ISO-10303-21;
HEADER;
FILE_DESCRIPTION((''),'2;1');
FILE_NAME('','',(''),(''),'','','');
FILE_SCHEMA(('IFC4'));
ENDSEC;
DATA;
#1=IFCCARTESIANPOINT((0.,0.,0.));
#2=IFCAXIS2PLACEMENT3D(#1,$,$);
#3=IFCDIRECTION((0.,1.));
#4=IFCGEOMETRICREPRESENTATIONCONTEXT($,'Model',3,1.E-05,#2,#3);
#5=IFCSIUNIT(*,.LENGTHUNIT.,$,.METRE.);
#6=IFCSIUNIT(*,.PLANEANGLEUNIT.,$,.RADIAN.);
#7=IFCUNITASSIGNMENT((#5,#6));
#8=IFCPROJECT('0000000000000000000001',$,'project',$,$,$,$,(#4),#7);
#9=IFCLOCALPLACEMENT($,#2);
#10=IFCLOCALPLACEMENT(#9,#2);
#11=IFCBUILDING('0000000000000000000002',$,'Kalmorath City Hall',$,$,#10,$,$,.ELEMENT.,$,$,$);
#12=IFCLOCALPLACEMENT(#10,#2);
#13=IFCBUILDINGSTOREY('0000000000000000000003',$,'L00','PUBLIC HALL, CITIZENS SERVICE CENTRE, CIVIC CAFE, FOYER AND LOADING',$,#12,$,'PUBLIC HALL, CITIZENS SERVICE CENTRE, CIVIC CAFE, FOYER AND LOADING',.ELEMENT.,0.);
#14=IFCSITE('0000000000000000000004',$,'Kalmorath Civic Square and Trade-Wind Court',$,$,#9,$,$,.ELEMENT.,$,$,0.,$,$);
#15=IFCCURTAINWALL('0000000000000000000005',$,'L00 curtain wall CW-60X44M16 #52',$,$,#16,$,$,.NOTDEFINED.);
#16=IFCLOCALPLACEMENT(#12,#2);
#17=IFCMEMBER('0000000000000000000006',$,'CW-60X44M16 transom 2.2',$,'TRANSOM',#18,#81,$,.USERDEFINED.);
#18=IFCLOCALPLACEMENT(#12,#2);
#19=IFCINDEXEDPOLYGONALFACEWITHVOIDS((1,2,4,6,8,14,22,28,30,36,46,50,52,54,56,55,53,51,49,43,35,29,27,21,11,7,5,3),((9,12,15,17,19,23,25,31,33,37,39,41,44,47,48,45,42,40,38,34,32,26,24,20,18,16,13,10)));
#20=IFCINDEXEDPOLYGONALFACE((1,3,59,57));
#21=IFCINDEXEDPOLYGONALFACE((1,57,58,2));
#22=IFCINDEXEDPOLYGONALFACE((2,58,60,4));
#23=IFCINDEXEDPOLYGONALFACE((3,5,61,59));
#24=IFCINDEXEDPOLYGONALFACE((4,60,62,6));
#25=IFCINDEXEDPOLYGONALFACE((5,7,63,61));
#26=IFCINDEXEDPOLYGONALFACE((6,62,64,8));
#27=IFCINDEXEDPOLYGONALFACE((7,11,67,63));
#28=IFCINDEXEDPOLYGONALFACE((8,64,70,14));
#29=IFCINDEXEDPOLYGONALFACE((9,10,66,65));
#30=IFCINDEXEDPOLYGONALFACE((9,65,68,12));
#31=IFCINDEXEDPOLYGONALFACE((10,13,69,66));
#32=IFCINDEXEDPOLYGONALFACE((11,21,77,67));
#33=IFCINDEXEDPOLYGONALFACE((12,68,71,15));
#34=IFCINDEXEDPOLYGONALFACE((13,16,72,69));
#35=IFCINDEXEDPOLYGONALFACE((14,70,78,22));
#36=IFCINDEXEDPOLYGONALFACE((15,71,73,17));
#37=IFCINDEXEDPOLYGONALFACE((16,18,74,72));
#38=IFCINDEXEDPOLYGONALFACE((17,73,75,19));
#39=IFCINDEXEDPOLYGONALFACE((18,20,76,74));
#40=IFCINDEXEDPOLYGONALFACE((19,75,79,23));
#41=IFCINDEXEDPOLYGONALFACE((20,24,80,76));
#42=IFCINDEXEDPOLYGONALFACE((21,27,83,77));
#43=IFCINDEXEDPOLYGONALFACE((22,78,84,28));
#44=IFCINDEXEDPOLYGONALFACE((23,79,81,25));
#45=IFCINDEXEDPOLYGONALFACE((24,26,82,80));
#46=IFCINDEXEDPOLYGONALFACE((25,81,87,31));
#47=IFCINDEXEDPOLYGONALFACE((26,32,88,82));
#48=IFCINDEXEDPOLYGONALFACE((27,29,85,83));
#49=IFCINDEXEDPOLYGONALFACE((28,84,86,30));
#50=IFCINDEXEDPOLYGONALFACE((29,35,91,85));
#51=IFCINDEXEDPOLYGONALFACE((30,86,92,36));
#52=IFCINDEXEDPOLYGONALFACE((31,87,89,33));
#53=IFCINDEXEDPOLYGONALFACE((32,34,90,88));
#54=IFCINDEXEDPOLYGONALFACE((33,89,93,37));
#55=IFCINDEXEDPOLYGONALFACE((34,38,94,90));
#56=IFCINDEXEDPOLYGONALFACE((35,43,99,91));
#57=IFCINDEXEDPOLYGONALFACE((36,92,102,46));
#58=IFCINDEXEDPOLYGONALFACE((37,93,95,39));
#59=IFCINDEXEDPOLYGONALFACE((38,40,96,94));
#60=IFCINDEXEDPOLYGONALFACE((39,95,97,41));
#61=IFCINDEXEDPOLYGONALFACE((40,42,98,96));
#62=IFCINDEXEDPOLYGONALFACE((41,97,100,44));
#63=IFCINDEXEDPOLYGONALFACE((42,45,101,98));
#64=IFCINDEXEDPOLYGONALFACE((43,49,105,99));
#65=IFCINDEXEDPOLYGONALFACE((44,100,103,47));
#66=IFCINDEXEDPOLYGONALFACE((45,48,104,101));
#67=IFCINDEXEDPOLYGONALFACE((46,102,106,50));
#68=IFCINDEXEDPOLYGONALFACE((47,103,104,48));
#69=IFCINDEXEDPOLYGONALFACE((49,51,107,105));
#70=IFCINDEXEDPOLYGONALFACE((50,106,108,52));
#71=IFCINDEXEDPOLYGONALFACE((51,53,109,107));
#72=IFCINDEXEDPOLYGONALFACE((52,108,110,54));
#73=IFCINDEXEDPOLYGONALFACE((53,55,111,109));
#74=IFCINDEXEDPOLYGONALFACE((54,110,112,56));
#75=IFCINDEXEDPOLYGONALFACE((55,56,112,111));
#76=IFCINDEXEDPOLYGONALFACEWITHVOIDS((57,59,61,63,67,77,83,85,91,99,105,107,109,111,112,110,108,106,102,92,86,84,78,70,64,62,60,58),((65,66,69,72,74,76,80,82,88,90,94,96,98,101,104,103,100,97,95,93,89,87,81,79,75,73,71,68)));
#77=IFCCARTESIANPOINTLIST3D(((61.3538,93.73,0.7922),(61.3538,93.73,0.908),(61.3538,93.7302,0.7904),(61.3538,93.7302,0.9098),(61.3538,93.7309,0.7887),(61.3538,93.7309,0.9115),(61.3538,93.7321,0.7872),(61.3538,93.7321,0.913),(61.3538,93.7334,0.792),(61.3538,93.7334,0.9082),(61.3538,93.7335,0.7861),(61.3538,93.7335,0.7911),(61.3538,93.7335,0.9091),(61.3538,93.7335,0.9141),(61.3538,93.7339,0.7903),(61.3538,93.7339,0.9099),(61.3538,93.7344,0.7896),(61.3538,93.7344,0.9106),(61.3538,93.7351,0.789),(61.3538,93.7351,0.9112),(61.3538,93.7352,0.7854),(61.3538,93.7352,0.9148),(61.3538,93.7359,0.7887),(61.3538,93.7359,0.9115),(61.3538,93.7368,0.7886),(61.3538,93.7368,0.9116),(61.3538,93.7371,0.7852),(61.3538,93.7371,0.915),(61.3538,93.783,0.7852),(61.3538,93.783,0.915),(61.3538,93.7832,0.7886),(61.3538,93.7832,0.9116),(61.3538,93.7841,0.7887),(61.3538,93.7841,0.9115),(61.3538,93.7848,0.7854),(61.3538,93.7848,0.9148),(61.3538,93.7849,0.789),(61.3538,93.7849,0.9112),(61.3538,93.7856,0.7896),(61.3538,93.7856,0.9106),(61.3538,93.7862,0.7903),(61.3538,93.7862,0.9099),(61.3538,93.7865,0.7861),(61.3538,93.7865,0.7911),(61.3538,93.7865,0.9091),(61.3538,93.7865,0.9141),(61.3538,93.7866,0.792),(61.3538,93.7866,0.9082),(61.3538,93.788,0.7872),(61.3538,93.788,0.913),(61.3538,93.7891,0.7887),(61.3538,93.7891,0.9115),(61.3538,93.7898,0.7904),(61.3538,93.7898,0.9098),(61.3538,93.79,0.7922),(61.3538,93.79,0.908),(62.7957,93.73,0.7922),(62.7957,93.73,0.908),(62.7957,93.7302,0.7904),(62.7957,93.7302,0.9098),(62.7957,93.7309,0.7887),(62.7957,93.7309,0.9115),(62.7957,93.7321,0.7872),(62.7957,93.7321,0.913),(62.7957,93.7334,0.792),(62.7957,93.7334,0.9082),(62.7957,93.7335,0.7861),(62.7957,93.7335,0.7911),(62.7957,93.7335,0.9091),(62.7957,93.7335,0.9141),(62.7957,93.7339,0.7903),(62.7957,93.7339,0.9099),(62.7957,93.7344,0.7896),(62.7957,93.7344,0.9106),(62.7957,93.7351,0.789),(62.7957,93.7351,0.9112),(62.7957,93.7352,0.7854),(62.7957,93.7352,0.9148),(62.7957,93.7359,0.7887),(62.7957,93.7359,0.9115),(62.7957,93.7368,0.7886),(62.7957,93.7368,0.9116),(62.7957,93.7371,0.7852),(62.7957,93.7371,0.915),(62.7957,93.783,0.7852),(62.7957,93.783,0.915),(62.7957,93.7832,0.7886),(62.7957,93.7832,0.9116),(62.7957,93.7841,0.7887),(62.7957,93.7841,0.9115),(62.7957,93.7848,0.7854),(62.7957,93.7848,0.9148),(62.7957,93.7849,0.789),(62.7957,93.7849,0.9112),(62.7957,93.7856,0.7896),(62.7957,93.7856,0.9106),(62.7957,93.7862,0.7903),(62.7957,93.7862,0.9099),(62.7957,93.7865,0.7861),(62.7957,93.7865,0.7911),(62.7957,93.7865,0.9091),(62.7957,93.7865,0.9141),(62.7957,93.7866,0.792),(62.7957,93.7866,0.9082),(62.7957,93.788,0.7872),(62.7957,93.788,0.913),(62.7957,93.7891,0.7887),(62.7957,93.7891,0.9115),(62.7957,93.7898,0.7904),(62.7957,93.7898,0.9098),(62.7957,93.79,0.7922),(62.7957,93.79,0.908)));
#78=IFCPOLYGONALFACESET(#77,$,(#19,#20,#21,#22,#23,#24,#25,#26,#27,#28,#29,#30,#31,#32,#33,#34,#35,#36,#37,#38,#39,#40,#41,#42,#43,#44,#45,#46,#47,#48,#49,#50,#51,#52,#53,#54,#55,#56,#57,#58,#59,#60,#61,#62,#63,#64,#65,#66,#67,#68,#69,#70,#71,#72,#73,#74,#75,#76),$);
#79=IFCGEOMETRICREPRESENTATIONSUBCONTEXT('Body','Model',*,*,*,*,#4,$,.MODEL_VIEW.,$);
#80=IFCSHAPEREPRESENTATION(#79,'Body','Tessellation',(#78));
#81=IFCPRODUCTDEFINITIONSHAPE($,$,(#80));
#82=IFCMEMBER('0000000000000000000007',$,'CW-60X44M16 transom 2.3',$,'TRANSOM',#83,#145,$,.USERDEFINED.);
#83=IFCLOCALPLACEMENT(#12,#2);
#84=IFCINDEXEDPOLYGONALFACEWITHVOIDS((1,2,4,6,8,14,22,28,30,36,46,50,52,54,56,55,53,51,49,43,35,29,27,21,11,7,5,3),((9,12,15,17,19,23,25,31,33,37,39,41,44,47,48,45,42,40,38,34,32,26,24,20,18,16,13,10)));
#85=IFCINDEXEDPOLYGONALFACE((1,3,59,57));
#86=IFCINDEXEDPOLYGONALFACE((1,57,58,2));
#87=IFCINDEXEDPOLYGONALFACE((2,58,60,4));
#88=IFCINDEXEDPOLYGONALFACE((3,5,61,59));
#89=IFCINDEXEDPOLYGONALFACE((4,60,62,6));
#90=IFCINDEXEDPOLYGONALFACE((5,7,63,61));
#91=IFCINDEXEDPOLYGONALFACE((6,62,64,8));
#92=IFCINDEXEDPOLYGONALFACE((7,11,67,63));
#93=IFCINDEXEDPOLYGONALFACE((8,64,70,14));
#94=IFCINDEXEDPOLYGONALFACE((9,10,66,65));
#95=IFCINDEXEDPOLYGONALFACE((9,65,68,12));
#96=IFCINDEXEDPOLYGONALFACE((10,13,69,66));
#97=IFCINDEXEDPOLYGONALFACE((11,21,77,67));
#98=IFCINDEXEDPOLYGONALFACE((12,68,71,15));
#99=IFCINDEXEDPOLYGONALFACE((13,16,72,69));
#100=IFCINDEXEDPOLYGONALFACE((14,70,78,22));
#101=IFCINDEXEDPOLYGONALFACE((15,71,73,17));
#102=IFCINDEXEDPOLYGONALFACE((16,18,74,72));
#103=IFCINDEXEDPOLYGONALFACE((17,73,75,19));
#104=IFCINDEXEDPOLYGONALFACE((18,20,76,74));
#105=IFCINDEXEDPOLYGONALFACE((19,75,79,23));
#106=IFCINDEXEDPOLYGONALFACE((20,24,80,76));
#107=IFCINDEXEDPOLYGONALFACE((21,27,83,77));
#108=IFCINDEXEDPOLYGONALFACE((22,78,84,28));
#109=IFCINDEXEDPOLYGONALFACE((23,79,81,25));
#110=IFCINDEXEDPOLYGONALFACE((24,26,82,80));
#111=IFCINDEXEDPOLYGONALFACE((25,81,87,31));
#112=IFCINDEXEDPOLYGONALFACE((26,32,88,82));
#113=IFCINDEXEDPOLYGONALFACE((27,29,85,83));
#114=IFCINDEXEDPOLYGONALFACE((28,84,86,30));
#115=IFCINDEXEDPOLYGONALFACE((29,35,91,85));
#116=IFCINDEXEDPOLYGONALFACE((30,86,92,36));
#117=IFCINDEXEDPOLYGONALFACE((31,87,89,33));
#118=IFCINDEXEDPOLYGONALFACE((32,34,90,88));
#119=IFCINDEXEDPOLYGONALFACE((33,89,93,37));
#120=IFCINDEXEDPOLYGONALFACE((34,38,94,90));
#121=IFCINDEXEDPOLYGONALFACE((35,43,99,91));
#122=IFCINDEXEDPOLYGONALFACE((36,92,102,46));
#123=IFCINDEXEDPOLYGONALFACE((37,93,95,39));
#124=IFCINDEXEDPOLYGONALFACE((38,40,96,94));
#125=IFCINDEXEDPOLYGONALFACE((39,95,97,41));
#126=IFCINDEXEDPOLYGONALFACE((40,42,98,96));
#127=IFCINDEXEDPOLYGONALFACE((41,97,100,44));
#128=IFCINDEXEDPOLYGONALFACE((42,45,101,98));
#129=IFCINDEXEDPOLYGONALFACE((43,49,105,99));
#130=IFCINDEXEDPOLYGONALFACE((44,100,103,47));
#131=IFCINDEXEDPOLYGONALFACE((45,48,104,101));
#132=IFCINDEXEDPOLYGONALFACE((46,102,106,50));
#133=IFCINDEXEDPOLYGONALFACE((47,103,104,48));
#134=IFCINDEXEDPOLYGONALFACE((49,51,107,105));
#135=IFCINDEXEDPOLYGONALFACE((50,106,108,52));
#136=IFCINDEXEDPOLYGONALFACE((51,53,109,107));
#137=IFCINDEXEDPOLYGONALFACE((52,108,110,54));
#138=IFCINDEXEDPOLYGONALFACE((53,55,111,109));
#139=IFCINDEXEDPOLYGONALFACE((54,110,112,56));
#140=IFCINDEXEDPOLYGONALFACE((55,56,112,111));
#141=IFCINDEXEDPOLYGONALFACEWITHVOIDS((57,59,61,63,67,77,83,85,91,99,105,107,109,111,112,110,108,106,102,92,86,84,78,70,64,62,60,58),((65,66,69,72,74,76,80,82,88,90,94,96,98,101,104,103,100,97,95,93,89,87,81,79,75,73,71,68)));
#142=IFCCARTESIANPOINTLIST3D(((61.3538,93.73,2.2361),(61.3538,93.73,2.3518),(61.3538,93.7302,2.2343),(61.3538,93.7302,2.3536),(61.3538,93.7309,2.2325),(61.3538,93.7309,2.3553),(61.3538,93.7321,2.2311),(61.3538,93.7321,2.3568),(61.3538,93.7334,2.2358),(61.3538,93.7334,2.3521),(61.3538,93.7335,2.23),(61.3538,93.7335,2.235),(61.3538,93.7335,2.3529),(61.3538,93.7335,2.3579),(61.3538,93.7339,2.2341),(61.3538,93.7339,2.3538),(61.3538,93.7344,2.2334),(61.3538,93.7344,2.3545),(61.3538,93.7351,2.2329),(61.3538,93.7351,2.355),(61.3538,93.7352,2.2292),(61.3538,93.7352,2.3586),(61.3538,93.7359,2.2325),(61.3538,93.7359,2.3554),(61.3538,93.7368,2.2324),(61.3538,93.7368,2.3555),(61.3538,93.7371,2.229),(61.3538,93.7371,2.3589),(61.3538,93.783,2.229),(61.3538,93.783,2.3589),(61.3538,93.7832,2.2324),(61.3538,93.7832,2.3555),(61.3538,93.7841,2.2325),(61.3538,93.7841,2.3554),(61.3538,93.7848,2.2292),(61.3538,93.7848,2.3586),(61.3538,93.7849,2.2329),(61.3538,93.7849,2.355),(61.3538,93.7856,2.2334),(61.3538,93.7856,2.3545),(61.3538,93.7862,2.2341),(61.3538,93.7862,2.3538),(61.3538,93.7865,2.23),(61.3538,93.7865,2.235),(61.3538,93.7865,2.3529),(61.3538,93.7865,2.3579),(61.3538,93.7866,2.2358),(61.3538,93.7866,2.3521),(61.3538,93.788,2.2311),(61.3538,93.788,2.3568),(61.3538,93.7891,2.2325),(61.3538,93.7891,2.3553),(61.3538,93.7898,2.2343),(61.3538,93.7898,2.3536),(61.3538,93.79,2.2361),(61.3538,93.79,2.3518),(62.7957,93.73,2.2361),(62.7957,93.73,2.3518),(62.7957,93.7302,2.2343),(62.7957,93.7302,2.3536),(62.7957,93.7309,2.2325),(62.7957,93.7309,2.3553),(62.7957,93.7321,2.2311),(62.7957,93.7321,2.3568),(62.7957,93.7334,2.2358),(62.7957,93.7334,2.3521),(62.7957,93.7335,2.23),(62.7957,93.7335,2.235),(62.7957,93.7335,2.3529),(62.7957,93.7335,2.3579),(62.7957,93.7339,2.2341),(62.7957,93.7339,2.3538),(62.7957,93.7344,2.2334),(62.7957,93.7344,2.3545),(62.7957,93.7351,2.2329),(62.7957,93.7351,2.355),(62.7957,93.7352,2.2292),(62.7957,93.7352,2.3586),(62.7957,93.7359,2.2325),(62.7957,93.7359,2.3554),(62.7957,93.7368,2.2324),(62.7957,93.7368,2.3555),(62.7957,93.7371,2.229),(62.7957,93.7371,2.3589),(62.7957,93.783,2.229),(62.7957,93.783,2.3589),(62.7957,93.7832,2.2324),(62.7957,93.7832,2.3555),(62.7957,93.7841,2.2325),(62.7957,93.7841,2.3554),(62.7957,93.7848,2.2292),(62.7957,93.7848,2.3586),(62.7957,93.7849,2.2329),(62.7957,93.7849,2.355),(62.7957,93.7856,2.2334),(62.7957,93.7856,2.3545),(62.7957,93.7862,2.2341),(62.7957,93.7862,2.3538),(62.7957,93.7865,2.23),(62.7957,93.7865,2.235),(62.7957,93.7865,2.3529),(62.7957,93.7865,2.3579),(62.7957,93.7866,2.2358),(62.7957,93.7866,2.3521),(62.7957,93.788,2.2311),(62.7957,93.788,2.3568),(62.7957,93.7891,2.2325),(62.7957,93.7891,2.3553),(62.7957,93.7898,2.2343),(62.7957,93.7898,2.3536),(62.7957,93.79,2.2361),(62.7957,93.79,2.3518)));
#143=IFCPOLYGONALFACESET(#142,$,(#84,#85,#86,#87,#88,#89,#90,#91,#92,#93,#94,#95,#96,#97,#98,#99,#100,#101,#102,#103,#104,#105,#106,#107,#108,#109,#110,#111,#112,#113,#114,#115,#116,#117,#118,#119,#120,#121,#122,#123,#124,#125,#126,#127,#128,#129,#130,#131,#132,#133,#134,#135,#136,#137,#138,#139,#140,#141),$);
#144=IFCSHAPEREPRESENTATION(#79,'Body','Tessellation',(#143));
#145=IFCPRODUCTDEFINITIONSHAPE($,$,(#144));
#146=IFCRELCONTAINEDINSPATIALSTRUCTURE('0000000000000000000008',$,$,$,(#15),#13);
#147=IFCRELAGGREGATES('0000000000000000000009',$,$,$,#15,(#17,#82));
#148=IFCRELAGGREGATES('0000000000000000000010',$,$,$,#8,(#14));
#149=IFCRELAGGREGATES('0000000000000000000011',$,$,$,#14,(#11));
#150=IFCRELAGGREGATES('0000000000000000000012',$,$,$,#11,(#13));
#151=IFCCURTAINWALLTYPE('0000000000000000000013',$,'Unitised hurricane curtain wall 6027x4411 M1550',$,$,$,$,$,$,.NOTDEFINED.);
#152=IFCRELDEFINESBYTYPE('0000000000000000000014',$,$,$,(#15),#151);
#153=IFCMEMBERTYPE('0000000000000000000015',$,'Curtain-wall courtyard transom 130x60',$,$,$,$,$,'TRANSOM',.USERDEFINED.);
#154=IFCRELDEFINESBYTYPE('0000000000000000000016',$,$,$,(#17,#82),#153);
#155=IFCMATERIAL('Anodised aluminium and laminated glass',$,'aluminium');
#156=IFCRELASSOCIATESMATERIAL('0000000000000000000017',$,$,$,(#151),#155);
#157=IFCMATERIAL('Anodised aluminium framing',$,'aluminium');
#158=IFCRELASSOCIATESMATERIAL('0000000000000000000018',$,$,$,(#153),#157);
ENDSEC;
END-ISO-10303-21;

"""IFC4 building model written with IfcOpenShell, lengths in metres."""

from ifc_helpers import new_model, si_unit, direction, frame, origin, origin_2d, place, context, subcontext, project, spatial, hollow_rectangle, extrude, material, material_profile, profile_set, type_object, element, aggregate, save


model = new_model("IFC4")

# Units and contexts
model_context = context("Model", 3, precision=1e-05, world=origin(), true_north=direction((0.0, 1.0)))
body_context = subcontext(model_context, "Body", "Model", "MODEL_VIEW")
ifc_project = project(units=[si_unit("LENGTHUNIT", "METRE"), si_unit("PLANEANGLEUNIT", "RADIAN")], contexts=[model_context])

# Site, building, storey
site_placement = place(None, origin())
site = spatial("IfcSite", under=ifc_project, at=site_placement, Name="Kalmorath Civic Square and Trade-Wind Court", CompositionType="ELEMENT", RefElevation=0.0)
building_placement = place(site_placement, origin())
building = spatial("IfcBuilding", under=site, at=building_placement, Name="Kalmorath City Hall", CompositionType="ELEMENT")
storey_placement = place(building_placement, origin())
storey = spatial("IfcBuildingStorey", under=building, at=storey_placement, Name="L00", Description="PUBLIC HALL, CITIZENS SERVICE CENTRE, CIVIC CAFE, FOYER AND LOADING", LongName="PUBLIC HALL, CITIZENS SERVICE CENTRE, CIVIC CAFE, FOYER AND LOADING", CompositionType="ELEMENT", Elevation=0.0)

# Curtain wall, members
ifc_material_1 = material(Name="Anodised aluminium and laminated glass", Category="aluminium")
curtain_wall_type = type_object("IfcCurtainWallType", Name="Unitised hurricane curtain wall 6027x4411 M1550", PredefinedType="NOTDEFINED", material=ifc_material_1)
curtain_wall_placement = place(storey_placement, origin())
curtain_wall = element("IfcCurtainWall", 1, at=curtain_wall_placement, inside=storey, type_object=curtain_wall_type, Name="L00 curtain wall CW-60X44M16 #52", PredefinedType="NOTDEFINED")
ifc_material_2 = material(Name="Anodised aluminium framing", Category="aluminium")
ifc_material_profile_1 = material_profile(ifc_material_2, hollow_rectangle(XDim=0.0601, YDim=0.1299, WallThickness=0.0034, InnerFilletRadius=0.0034, OuterFilletRadius=0.0071, at=origin_2d()), Name="ALU-TRN-130X60X3.5")
ifc_profile_set_1 = profile_set([ifc_material_profile_1], Name="Anodised aluminium framing")
member_type_1 = type_object("IfcMemberType", Name="Curtain-wall courtyard transom 130x60", ElementType="TRANSOM", PredefinedType="USERDEFINED", material=ifc_profile_set_1)
member_1_placement = place(storey_placement, frame((62.7957, 93.76, 0.8501), z_axis=(-1.0, 0.0, 0.0), x_axis=(0.0, -1.0, 0.0)))
member_1 = element("IfcMember", 2, at=member_1_placement, type_object=member_type_1, Name="CW-60X44M16 transom 2.2", ObjectType="TRANSOM", PredefinedType="USERDEFINED", context=body_context, shape_type="SweptSolid", body=[
    extrude(hollow_rectangle(XDim=0.0601, YDim=0.1299, WallThickness=0.0034, InnerFilletRadius=0.0034, OuterFilletRadius=0.0071, at=origin_2d()), origin(), (0.0, 0.0, 1.0), 1.4419),
])
member_2_placement = place(storey_placement, frame((62.7957, 93.76, 2.2939), z_axis=(-1.0, 0.0, 0.0), x_axis=(0.0, -1.0, 0.0)))
member_2 = element("IfcMember", 3, at=member_2_placement, type_object=member_type_1, Name="CW-60X44M16 transom 2.3", ObjectType="TRANSOM", PredefinedType="USERDEFINED", context=body_context, shape_type="SweptSolid", body=[
    extrude(hollow_rectangle(XDim=0.0601, YDim=0.1299, WallThickness=0.0034, InnerFilletRadius=0.0034, OuterFilletRadius=0.0071, at=origin_2d()), origin(), (0.0, 0.0, 1.0), 1.4419),
])
aggregate(curtain_wall, [member_1, member_2])

save(model, "model.ifc")
